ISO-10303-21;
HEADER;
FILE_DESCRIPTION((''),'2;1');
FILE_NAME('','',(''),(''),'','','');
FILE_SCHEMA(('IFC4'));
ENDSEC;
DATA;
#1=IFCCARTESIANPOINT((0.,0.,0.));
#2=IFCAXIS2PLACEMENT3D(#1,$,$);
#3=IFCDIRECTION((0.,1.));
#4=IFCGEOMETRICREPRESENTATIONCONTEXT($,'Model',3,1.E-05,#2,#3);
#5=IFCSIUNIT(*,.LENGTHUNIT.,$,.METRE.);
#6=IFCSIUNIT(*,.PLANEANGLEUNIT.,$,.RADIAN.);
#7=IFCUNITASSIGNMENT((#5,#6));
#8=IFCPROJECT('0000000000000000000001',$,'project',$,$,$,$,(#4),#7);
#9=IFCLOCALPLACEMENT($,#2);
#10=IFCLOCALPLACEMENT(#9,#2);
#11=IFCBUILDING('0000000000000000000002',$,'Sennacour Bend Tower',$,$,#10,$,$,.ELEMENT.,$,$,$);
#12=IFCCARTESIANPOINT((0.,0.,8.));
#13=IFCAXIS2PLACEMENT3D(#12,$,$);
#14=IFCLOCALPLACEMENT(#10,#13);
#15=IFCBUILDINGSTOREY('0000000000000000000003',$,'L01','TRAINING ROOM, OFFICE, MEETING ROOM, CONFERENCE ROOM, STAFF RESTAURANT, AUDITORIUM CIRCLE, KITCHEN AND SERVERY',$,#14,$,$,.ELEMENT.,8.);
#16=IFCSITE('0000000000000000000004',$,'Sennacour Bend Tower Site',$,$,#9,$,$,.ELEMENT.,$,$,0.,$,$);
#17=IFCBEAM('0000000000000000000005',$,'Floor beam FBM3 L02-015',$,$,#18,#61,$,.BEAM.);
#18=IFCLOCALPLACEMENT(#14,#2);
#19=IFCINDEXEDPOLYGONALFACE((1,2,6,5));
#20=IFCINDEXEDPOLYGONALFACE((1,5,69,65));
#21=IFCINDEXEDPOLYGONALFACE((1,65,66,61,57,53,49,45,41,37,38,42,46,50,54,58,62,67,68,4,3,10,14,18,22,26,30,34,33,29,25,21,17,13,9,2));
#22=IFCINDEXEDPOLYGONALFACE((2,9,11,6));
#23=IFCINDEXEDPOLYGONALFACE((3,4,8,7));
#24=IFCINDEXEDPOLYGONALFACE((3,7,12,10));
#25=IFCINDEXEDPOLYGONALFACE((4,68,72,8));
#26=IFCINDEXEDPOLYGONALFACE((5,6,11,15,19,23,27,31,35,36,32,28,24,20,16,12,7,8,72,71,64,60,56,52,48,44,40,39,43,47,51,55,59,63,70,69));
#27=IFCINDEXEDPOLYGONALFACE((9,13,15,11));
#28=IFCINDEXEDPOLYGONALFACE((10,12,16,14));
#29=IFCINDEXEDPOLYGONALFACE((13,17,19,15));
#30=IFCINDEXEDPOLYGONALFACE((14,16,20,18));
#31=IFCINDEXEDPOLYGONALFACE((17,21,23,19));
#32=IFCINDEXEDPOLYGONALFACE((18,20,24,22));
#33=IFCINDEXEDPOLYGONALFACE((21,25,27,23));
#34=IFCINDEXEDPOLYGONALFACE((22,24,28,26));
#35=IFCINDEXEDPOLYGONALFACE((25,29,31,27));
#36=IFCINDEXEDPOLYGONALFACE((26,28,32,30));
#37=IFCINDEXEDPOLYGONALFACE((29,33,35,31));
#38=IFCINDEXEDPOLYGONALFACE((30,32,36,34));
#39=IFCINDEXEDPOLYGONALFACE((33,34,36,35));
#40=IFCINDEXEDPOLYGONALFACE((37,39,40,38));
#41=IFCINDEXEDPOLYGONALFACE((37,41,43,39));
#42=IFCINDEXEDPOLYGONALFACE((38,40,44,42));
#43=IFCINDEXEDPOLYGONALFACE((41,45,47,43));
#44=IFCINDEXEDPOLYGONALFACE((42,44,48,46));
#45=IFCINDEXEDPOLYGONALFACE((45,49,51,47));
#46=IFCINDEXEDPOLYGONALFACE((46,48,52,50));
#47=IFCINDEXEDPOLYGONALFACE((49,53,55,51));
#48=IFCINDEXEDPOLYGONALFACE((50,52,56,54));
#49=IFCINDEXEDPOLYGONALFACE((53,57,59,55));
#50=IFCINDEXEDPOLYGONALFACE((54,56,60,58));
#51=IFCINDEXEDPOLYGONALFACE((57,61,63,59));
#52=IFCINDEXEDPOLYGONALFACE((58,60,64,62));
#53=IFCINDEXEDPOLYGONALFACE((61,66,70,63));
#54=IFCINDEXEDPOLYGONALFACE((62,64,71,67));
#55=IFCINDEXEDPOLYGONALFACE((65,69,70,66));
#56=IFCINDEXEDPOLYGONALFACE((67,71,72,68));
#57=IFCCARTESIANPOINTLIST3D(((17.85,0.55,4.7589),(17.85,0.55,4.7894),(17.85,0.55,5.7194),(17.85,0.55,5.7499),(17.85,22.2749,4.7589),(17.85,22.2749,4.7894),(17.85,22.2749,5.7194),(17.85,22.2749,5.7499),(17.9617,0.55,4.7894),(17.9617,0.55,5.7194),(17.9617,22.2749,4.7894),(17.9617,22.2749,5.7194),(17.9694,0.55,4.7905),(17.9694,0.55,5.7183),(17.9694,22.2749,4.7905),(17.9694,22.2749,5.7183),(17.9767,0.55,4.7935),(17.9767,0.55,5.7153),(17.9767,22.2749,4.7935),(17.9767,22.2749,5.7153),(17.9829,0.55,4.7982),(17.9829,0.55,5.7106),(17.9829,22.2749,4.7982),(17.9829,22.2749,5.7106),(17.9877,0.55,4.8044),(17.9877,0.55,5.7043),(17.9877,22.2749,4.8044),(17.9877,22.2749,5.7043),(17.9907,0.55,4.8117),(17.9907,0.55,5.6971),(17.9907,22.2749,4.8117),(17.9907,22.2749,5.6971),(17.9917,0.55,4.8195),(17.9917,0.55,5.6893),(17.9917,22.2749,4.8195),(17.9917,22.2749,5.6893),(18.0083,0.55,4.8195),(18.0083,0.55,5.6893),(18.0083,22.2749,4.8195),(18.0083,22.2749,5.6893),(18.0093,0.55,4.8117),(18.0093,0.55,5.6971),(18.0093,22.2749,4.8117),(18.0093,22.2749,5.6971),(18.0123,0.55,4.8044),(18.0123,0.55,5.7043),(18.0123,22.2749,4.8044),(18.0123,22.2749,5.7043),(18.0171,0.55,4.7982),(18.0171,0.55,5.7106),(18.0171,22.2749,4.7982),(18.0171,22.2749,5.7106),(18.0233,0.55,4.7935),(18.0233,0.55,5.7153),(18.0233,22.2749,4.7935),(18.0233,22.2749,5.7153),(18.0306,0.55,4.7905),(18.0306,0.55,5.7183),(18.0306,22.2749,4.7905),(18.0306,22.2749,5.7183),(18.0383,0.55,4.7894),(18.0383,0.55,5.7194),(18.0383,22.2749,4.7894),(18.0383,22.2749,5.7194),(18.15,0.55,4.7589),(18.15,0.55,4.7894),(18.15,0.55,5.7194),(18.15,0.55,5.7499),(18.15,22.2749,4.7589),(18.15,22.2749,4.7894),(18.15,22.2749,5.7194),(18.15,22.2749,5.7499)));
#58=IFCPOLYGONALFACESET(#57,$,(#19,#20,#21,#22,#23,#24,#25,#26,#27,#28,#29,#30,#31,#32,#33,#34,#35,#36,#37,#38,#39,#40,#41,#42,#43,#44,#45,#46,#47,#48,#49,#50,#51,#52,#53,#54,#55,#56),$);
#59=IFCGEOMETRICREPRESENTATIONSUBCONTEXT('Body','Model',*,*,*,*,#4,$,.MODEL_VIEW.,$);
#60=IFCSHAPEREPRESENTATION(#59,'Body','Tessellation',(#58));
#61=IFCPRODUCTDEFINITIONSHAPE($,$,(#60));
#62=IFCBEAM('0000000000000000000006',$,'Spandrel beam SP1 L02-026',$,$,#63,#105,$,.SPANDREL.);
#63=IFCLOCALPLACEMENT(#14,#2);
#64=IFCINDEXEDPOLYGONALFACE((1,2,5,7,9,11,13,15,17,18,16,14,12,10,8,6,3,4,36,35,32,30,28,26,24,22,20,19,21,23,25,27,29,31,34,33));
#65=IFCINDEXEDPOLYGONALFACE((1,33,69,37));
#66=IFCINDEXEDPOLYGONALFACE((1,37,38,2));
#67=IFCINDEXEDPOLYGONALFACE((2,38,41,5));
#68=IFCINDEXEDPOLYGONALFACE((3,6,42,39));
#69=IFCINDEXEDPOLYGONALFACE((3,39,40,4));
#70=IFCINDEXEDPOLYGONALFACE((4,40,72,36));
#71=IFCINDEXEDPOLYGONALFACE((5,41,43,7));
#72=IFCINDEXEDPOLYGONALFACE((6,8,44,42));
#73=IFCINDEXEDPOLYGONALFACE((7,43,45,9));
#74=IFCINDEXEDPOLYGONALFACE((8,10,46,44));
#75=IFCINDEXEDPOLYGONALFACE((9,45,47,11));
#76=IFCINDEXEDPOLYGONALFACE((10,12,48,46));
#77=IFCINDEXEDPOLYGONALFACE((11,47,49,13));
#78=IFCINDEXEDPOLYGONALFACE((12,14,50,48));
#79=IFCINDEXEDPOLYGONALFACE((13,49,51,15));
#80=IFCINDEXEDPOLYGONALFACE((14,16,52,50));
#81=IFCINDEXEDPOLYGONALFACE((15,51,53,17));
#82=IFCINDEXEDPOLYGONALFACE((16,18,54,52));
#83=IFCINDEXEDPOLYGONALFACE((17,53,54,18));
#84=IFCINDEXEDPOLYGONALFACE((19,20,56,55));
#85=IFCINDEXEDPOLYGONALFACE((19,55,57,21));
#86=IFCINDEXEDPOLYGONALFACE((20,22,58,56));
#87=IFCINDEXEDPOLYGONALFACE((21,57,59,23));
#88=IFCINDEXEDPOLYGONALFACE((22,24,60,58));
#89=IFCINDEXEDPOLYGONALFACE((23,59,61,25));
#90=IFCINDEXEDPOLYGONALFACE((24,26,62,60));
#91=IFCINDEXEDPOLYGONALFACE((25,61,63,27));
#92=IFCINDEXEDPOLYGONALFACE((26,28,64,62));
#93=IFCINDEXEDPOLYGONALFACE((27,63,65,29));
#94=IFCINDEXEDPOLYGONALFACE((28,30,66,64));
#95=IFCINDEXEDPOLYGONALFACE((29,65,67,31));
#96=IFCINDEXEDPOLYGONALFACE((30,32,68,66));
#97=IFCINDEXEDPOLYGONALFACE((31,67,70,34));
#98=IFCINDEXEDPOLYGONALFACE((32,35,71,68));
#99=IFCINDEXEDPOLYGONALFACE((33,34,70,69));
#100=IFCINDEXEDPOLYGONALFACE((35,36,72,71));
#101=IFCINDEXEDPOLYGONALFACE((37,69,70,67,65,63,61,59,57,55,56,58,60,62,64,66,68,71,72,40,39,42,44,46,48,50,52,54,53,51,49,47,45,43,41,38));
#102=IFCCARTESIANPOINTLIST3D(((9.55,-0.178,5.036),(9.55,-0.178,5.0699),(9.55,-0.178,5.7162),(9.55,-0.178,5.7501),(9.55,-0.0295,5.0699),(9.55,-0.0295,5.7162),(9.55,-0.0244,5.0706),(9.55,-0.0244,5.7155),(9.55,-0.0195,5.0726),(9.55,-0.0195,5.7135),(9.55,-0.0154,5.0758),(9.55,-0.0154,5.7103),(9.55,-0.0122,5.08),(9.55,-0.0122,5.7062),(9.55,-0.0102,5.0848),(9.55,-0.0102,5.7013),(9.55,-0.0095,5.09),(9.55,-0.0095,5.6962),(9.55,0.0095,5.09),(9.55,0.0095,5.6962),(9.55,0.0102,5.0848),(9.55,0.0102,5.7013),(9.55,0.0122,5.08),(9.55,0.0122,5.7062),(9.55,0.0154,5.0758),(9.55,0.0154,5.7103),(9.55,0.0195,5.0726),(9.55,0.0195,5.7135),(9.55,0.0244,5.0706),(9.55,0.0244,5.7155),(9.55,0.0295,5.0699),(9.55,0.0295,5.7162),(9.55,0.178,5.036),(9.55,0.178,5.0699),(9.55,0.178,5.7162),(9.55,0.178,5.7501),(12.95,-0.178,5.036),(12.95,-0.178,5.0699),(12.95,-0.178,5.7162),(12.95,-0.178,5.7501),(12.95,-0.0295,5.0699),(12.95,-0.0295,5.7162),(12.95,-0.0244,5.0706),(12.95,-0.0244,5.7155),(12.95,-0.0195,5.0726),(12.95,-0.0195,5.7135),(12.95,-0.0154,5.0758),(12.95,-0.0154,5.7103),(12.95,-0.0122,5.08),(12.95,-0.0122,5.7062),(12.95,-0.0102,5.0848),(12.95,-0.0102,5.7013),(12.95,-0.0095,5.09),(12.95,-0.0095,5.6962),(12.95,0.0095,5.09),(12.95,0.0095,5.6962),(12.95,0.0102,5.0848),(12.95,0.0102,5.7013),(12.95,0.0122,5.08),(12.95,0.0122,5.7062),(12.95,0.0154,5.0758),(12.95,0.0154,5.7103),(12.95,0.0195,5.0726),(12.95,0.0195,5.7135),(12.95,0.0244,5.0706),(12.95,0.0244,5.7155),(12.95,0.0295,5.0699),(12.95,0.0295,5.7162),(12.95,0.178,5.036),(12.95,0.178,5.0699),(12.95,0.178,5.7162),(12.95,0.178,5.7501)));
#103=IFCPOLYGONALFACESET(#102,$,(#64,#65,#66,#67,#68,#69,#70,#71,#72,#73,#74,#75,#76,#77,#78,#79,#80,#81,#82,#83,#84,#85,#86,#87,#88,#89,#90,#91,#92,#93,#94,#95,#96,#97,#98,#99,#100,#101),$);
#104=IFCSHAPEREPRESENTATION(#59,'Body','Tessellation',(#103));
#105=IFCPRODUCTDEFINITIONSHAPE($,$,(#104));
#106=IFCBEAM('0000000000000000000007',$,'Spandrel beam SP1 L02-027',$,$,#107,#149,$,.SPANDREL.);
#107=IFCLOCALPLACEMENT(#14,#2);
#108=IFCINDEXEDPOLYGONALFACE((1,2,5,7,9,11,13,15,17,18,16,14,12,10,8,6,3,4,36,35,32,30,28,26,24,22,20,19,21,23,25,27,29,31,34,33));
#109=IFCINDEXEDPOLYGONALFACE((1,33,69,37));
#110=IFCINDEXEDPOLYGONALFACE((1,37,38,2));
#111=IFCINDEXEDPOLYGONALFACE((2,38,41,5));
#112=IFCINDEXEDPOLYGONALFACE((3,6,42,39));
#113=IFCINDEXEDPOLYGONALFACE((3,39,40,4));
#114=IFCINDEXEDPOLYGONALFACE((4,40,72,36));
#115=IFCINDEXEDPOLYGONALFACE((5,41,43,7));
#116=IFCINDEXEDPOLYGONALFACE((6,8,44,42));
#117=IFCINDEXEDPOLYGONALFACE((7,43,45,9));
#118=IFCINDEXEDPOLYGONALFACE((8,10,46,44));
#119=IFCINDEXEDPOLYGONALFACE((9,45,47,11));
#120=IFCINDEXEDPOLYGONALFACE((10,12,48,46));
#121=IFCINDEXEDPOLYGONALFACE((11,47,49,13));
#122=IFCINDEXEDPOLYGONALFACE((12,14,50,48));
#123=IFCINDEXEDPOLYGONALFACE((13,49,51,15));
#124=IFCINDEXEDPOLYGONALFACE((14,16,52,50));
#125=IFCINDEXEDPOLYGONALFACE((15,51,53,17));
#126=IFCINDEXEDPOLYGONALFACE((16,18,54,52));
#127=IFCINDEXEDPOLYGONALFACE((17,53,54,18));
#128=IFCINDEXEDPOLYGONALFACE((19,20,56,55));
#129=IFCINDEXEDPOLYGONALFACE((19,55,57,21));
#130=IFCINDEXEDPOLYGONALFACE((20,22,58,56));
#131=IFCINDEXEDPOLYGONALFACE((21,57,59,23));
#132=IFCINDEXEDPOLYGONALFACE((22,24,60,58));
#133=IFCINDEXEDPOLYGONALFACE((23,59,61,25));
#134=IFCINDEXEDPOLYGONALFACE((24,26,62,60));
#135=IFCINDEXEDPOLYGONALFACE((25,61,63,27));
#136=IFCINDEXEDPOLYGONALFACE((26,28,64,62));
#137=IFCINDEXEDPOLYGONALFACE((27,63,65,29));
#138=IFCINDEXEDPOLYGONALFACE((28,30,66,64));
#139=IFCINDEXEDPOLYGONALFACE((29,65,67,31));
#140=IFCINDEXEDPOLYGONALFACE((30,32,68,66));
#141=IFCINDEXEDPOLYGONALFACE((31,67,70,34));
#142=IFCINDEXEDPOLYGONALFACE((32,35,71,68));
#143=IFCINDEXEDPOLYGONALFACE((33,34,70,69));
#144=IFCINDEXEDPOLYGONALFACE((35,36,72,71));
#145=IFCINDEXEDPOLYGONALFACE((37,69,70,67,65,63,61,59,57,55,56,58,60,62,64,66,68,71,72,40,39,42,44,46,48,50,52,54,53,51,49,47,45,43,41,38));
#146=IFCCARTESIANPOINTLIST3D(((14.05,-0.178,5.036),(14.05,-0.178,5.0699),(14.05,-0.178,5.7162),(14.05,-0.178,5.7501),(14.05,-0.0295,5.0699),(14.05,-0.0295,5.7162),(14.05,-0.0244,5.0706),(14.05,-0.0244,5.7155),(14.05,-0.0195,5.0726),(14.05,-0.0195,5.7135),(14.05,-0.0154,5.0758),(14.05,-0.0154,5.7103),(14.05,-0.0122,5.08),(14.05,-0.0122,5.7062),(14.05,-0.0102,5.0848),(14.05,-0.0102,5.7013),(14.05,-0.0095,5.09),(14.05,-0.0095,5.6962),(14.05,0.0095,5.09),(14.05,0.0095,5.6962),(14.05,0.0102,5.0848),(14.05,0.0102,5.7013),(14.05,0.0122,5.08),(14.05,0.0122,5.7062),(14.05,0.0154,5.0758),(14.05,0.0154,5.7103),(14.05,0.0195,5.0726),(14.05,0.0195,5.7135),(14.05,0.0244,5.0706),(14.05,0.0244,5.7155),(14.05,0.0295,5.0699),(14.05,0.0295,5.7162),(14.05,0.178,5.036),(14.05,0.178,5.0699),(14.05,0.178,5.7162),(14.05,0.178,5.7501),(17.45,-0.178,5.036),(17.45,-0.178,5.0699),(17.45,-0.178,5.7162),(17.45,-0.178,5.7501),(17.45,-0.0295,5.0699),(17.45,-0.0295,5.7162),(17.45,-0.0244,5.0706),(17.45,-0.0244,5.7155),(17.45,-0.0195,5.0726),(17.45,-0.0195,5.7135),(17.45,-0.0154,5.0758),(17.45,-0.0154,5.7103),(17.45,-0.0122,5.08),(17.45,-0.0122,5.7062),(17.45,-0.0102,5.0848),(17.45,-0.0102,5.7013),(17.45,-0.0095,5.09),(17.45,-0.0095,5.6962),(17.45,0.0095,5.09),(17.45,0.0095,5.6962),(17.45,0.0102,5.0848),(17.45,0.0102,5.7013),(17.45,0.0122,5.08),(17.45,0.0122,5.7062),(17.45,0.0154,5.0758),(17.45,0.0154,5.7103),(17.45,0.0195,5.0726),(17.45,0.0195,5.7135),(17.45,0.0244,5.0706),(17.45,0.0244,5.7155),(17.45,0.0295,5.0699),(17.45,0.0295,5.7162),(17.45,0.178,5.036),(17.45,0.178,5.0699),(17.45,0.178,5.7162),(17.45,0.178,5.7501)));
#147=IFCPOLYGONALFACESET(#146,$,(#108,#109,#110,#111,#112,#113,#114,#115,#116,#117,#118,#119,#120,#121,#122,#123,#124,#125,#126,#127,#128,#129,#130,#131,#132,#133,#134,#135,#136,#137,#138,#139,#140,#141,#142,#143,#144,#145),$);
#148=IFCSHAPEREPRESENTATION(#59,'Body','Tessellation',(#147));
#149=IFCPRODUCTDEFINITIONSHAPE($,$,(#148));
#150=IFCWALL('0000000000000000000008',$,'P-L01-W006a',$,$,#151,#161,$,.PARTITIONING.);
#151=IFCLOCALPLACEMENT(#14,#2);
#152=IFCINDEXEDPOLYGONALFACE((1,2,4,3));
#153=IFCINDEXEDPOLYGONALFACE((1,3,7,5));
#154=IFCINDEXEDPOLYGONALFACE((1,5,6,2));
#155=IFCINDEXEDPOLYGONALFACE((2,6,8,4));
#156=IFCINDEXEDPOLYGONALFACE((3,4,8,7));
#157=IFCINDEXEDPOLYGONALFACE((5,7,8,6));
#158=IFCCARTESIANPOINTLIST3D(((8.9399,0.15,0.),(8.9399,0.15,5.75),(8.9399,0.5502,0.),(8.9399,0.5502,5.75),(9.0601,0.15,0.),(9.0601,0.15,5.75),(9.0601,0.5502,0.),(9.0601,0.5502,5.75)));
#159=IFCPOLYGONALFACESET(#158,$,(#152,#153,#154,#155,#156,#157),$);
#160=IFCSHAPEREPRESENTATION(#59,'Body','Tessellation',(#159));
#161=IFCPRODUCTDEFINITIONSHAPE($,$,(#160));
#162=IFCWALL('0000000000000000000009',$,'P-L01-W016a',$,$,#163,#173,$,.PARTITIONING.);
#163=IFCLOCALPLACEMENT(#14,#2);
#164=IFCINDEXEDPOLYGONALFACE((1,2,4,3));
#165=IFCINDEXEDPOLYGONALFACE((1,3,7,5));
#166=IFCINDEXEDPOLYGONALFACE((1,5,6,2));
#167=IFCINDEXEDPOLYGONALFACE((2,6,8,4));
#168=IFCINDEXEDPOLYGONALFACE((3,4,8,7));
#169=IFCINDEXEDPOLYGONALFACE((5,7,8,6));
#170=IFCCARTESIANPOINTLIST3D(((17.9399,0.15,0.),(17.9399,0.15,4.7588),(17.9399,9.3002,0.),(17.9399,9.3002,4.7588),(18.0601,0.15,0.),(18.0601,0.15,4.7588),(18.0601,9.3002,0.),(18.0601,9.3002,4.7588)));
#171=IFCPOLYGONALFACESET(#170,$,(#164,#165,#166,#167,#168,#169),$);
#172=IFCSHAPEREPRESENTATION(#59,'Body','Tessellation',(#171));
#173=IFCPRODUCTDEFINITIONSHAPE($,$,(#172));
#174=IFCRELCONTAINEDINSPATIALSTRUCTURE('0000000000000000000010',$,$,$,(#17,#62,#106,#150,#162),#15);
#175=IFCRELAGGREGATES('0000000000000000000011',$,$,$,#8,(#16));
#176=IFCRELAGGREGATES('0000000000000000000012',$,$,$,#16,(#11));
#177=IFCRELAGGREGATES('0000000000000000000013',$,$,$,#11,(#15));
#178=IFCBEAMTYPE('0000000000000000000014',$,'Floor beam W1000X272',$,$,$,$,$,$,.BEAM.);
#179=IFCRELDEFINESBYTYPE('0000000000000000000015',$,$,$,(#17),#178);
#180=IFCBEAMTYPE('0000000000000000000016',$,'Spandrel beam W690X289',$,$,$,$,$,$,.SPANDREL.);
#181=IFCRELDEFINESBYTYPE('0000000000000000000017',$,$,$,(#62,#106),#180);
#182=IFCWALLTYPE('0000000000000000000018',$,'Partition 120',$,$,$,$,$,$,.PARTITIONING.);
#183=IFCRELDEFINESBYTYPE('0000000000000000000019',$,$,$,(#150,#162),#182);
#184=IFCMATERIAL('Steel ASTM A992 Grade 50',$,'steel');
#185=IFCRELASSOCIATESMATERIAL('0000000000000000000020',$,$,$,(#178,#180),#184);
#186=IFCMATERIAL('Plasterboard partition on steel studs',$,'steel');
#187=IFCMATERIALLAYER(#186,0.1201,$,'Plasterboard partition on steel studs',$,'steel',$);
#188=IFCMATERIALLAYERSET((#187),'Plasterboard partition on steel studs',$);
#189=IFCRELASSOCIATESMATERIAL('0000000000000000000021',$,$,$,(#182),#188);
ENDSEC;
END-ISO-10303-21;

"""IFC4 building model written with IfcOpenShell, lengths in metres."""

from ifc_helpers import new_model, si_unit, direction, frame, frame_2d, origin, origin_2d, place, context, subcontext, project, spatial, rectangle, i_section, extrude, material, layer, layer_set, material_profile, profile_set, type_object, element, save


model = new_model("IFC4")

# Units and contexts
model_context = context("Model", 3, precision=1e-05, world=origin(), true_north=direction((0.0, 1.0)))
body_context = subcontext(model_context, "Body", "Model", "MODEL_VIEW")
ifc_project = project(units=[si_unit("LENGTHUNIT", "METRE"), si_unit("PLANEANGLEUNIT", "RADIAN")], contexts=[model_context])

# Site, building, storey
site_placement = place(None, origin())
site = spatial("IfcSite", under=ifc_project, at=site_placement, Name="Sennacour Bend Tower Site", CompositionType="ELEMENT", RefElevation=0.0)
building_placement = place(site_placement, origin())
building = spatial("IfcBuilding", under=site, at=building_placement, Name="Sennacour Bend Tower", CompositionType="ELEMENT")
storey_placement = place(building_placement, frame((0.0, 0.0, 8.0)))
storey = spatial("IfcBuildingStorey", under=building, at=storey_placement, Name="L01", Description="TRAINING ROOM, OFFICE, MEETING ROOM, CONFERENCE ROOM, STAFF RESTAURANT, AUDITORIUM CIRCLE, KITCHEN AND SERVERY", CompositionType="ELEMENT", Elevation=8.0)

# Beams
ifc_material_1 = material(Name="Steel ASTM A992 Grade 50", Category="steel")
ifc_material_profile_1 = material_profile(ifc_material_1, i_section(OverallWidth=0.3, OverallDepth=0.991, WebThickness=0.0166, FlangeThickness=0.0305, FilletRadius=0.03, at=origin_2d()), Name="Steel ASTM A992 Grade 50", Category="steel")
ifc_profile_set_1 = profile_set([ifc_material_profile_1], Name="Steel ASTM A992 Grade 50")
beam_type_1 = type_object("IfcBeamType", Name="Floor beam W1000X272", PredefinedType="BEAM", material=ifc_profile_set_1)
beam_1_placement = place(storey_placement, frame((18.0, 0.55, 5.2544), z_axis=(0.0, 1.0, 0.0), x_axis=(-1.0, 0.0, 0.0)))
element("IfcBeam", 1, at=beam_1_placement, inside=storey, type_object=beam_type_1, Name="Floor beam FBM3 L02-015", PredefinedType="BEAM", context=body_context, shape_type="SweptSolid", body=[
    extrude(i_section(OverallWidth=0.3, OverallDepth=0.991, WebThickness=0.0166, FlangeThickness=0.0305, FilletRadius=0.03, at=origin_2d()), origin(), (0.0, 0.0, 1.0), 21.7249),
])
ifc_material_profile_2 = material_profile(ifc_material_1, i_section(OverallWidth=0.356, OverallDepth=0.7141, WebThickness=0.019, FlangeThickness=0.0339, FilletRadius=0.02, at=origin_2d()), Name="Steel ASTM A992 Grade 50", Category="steel")
ifc_profile_set_2 = profile_set([ifc_material_profile_2], Name="Steel ASTM A992 Grade 50")
beam_type_2 = type_object("IfcBeamType", Name="Spandrel beam W690X289", PredefinedType="SPANDREL", material=ifc_profile_set_2)
for number, where, z_axis, x_axis, name in (
    (2, (9.55, 0.0, 5.3931), (1.0, 0.0, 0.0), (0.0, 1.0, 0.0), "Spandrel beam SP1 L02-026"),
    (3, (14.05, 0.0, 5.3931), (1.0, 0.0, 0.0), (0.0, 1.0, 0.0), "Spandrel beam SP1 L02-027"),
):
    element("IfcBeam", number, at=place(storey_placement, frame(where, z_axis=z_axis, x_axis=x_axis)), inside=storey, type_object=beam_type_2, Name=name, PredefinedType="SPANDREL", context=body_context, shape_type="SweptSolid", body=[
        extrude(i_section(OverallWidth=0.356, OverallDepth=0.7141, WebThickness=0.019, FlangeThickness=0.0339, FilletRadius=0.02, at=origin_2d()), origin(), (0.0, 0.0, 1.0), 3.3999),
    ])

# Walls
ifc_material_2 = material(Name="Plasterboard partition on steel studs", Category="steel")
ifc_layer_1 = layer(ifc_material_2, 0.1201, Name="Plasterboard partition on steel studs", Category="steel")
ifc_layer_set_1 = layer_set([ifc_layer_1], Name="Plasterboard partition on steel studs")
wall_type_1 = type_object("IfcWallType", Name="Partition 120", PredefinedType="PARTITIONING", material=ifc_layer_set_1)
wall_1_placement = place(storey_placement, frame((9.0, 0.1499, 0.0), z_axis=(0.0, 0.0, 1.0), x_axis=(0.0, 1.0, 0.0)))
element("IfcWall", 4, at=wall_1_placement, inside=storey, type_object=wall_type_1, Name="P-L01-W006a", PredefinedType="PARTITIONING", context=body_context, shape_type="SweptSolid", body=[
    extrude(rectangle(XDim=0.4001, YDim=0.1201, at=frame_2d((0.2002, 0.0))), origin(), (0.0, 0.0, 1.0), 5.75),
])
wall_2_placement = place(storey_placement, frame((18.0, 0.1499, 0.0), z_axis=(0.0, 0.0, 1.0), x_axis=(0.0, 1.0, 0.0)))
element("IfcWall", 5, at=wall_2_placement, inside=storey, type_object=wall_type_1, Name="P-L01-W016a", PredefinedType="PARTITIONING", context=body_context, shape_type="SweptSolid", body=[
    extrude(rectangle(XDim=9.1501, YDim=0.1201, at=frame_2d((4.5752, 0.0))), origin(), (0.0, 0.0, 1.0), 4.7588),
])

save(model, "model.ifc")
